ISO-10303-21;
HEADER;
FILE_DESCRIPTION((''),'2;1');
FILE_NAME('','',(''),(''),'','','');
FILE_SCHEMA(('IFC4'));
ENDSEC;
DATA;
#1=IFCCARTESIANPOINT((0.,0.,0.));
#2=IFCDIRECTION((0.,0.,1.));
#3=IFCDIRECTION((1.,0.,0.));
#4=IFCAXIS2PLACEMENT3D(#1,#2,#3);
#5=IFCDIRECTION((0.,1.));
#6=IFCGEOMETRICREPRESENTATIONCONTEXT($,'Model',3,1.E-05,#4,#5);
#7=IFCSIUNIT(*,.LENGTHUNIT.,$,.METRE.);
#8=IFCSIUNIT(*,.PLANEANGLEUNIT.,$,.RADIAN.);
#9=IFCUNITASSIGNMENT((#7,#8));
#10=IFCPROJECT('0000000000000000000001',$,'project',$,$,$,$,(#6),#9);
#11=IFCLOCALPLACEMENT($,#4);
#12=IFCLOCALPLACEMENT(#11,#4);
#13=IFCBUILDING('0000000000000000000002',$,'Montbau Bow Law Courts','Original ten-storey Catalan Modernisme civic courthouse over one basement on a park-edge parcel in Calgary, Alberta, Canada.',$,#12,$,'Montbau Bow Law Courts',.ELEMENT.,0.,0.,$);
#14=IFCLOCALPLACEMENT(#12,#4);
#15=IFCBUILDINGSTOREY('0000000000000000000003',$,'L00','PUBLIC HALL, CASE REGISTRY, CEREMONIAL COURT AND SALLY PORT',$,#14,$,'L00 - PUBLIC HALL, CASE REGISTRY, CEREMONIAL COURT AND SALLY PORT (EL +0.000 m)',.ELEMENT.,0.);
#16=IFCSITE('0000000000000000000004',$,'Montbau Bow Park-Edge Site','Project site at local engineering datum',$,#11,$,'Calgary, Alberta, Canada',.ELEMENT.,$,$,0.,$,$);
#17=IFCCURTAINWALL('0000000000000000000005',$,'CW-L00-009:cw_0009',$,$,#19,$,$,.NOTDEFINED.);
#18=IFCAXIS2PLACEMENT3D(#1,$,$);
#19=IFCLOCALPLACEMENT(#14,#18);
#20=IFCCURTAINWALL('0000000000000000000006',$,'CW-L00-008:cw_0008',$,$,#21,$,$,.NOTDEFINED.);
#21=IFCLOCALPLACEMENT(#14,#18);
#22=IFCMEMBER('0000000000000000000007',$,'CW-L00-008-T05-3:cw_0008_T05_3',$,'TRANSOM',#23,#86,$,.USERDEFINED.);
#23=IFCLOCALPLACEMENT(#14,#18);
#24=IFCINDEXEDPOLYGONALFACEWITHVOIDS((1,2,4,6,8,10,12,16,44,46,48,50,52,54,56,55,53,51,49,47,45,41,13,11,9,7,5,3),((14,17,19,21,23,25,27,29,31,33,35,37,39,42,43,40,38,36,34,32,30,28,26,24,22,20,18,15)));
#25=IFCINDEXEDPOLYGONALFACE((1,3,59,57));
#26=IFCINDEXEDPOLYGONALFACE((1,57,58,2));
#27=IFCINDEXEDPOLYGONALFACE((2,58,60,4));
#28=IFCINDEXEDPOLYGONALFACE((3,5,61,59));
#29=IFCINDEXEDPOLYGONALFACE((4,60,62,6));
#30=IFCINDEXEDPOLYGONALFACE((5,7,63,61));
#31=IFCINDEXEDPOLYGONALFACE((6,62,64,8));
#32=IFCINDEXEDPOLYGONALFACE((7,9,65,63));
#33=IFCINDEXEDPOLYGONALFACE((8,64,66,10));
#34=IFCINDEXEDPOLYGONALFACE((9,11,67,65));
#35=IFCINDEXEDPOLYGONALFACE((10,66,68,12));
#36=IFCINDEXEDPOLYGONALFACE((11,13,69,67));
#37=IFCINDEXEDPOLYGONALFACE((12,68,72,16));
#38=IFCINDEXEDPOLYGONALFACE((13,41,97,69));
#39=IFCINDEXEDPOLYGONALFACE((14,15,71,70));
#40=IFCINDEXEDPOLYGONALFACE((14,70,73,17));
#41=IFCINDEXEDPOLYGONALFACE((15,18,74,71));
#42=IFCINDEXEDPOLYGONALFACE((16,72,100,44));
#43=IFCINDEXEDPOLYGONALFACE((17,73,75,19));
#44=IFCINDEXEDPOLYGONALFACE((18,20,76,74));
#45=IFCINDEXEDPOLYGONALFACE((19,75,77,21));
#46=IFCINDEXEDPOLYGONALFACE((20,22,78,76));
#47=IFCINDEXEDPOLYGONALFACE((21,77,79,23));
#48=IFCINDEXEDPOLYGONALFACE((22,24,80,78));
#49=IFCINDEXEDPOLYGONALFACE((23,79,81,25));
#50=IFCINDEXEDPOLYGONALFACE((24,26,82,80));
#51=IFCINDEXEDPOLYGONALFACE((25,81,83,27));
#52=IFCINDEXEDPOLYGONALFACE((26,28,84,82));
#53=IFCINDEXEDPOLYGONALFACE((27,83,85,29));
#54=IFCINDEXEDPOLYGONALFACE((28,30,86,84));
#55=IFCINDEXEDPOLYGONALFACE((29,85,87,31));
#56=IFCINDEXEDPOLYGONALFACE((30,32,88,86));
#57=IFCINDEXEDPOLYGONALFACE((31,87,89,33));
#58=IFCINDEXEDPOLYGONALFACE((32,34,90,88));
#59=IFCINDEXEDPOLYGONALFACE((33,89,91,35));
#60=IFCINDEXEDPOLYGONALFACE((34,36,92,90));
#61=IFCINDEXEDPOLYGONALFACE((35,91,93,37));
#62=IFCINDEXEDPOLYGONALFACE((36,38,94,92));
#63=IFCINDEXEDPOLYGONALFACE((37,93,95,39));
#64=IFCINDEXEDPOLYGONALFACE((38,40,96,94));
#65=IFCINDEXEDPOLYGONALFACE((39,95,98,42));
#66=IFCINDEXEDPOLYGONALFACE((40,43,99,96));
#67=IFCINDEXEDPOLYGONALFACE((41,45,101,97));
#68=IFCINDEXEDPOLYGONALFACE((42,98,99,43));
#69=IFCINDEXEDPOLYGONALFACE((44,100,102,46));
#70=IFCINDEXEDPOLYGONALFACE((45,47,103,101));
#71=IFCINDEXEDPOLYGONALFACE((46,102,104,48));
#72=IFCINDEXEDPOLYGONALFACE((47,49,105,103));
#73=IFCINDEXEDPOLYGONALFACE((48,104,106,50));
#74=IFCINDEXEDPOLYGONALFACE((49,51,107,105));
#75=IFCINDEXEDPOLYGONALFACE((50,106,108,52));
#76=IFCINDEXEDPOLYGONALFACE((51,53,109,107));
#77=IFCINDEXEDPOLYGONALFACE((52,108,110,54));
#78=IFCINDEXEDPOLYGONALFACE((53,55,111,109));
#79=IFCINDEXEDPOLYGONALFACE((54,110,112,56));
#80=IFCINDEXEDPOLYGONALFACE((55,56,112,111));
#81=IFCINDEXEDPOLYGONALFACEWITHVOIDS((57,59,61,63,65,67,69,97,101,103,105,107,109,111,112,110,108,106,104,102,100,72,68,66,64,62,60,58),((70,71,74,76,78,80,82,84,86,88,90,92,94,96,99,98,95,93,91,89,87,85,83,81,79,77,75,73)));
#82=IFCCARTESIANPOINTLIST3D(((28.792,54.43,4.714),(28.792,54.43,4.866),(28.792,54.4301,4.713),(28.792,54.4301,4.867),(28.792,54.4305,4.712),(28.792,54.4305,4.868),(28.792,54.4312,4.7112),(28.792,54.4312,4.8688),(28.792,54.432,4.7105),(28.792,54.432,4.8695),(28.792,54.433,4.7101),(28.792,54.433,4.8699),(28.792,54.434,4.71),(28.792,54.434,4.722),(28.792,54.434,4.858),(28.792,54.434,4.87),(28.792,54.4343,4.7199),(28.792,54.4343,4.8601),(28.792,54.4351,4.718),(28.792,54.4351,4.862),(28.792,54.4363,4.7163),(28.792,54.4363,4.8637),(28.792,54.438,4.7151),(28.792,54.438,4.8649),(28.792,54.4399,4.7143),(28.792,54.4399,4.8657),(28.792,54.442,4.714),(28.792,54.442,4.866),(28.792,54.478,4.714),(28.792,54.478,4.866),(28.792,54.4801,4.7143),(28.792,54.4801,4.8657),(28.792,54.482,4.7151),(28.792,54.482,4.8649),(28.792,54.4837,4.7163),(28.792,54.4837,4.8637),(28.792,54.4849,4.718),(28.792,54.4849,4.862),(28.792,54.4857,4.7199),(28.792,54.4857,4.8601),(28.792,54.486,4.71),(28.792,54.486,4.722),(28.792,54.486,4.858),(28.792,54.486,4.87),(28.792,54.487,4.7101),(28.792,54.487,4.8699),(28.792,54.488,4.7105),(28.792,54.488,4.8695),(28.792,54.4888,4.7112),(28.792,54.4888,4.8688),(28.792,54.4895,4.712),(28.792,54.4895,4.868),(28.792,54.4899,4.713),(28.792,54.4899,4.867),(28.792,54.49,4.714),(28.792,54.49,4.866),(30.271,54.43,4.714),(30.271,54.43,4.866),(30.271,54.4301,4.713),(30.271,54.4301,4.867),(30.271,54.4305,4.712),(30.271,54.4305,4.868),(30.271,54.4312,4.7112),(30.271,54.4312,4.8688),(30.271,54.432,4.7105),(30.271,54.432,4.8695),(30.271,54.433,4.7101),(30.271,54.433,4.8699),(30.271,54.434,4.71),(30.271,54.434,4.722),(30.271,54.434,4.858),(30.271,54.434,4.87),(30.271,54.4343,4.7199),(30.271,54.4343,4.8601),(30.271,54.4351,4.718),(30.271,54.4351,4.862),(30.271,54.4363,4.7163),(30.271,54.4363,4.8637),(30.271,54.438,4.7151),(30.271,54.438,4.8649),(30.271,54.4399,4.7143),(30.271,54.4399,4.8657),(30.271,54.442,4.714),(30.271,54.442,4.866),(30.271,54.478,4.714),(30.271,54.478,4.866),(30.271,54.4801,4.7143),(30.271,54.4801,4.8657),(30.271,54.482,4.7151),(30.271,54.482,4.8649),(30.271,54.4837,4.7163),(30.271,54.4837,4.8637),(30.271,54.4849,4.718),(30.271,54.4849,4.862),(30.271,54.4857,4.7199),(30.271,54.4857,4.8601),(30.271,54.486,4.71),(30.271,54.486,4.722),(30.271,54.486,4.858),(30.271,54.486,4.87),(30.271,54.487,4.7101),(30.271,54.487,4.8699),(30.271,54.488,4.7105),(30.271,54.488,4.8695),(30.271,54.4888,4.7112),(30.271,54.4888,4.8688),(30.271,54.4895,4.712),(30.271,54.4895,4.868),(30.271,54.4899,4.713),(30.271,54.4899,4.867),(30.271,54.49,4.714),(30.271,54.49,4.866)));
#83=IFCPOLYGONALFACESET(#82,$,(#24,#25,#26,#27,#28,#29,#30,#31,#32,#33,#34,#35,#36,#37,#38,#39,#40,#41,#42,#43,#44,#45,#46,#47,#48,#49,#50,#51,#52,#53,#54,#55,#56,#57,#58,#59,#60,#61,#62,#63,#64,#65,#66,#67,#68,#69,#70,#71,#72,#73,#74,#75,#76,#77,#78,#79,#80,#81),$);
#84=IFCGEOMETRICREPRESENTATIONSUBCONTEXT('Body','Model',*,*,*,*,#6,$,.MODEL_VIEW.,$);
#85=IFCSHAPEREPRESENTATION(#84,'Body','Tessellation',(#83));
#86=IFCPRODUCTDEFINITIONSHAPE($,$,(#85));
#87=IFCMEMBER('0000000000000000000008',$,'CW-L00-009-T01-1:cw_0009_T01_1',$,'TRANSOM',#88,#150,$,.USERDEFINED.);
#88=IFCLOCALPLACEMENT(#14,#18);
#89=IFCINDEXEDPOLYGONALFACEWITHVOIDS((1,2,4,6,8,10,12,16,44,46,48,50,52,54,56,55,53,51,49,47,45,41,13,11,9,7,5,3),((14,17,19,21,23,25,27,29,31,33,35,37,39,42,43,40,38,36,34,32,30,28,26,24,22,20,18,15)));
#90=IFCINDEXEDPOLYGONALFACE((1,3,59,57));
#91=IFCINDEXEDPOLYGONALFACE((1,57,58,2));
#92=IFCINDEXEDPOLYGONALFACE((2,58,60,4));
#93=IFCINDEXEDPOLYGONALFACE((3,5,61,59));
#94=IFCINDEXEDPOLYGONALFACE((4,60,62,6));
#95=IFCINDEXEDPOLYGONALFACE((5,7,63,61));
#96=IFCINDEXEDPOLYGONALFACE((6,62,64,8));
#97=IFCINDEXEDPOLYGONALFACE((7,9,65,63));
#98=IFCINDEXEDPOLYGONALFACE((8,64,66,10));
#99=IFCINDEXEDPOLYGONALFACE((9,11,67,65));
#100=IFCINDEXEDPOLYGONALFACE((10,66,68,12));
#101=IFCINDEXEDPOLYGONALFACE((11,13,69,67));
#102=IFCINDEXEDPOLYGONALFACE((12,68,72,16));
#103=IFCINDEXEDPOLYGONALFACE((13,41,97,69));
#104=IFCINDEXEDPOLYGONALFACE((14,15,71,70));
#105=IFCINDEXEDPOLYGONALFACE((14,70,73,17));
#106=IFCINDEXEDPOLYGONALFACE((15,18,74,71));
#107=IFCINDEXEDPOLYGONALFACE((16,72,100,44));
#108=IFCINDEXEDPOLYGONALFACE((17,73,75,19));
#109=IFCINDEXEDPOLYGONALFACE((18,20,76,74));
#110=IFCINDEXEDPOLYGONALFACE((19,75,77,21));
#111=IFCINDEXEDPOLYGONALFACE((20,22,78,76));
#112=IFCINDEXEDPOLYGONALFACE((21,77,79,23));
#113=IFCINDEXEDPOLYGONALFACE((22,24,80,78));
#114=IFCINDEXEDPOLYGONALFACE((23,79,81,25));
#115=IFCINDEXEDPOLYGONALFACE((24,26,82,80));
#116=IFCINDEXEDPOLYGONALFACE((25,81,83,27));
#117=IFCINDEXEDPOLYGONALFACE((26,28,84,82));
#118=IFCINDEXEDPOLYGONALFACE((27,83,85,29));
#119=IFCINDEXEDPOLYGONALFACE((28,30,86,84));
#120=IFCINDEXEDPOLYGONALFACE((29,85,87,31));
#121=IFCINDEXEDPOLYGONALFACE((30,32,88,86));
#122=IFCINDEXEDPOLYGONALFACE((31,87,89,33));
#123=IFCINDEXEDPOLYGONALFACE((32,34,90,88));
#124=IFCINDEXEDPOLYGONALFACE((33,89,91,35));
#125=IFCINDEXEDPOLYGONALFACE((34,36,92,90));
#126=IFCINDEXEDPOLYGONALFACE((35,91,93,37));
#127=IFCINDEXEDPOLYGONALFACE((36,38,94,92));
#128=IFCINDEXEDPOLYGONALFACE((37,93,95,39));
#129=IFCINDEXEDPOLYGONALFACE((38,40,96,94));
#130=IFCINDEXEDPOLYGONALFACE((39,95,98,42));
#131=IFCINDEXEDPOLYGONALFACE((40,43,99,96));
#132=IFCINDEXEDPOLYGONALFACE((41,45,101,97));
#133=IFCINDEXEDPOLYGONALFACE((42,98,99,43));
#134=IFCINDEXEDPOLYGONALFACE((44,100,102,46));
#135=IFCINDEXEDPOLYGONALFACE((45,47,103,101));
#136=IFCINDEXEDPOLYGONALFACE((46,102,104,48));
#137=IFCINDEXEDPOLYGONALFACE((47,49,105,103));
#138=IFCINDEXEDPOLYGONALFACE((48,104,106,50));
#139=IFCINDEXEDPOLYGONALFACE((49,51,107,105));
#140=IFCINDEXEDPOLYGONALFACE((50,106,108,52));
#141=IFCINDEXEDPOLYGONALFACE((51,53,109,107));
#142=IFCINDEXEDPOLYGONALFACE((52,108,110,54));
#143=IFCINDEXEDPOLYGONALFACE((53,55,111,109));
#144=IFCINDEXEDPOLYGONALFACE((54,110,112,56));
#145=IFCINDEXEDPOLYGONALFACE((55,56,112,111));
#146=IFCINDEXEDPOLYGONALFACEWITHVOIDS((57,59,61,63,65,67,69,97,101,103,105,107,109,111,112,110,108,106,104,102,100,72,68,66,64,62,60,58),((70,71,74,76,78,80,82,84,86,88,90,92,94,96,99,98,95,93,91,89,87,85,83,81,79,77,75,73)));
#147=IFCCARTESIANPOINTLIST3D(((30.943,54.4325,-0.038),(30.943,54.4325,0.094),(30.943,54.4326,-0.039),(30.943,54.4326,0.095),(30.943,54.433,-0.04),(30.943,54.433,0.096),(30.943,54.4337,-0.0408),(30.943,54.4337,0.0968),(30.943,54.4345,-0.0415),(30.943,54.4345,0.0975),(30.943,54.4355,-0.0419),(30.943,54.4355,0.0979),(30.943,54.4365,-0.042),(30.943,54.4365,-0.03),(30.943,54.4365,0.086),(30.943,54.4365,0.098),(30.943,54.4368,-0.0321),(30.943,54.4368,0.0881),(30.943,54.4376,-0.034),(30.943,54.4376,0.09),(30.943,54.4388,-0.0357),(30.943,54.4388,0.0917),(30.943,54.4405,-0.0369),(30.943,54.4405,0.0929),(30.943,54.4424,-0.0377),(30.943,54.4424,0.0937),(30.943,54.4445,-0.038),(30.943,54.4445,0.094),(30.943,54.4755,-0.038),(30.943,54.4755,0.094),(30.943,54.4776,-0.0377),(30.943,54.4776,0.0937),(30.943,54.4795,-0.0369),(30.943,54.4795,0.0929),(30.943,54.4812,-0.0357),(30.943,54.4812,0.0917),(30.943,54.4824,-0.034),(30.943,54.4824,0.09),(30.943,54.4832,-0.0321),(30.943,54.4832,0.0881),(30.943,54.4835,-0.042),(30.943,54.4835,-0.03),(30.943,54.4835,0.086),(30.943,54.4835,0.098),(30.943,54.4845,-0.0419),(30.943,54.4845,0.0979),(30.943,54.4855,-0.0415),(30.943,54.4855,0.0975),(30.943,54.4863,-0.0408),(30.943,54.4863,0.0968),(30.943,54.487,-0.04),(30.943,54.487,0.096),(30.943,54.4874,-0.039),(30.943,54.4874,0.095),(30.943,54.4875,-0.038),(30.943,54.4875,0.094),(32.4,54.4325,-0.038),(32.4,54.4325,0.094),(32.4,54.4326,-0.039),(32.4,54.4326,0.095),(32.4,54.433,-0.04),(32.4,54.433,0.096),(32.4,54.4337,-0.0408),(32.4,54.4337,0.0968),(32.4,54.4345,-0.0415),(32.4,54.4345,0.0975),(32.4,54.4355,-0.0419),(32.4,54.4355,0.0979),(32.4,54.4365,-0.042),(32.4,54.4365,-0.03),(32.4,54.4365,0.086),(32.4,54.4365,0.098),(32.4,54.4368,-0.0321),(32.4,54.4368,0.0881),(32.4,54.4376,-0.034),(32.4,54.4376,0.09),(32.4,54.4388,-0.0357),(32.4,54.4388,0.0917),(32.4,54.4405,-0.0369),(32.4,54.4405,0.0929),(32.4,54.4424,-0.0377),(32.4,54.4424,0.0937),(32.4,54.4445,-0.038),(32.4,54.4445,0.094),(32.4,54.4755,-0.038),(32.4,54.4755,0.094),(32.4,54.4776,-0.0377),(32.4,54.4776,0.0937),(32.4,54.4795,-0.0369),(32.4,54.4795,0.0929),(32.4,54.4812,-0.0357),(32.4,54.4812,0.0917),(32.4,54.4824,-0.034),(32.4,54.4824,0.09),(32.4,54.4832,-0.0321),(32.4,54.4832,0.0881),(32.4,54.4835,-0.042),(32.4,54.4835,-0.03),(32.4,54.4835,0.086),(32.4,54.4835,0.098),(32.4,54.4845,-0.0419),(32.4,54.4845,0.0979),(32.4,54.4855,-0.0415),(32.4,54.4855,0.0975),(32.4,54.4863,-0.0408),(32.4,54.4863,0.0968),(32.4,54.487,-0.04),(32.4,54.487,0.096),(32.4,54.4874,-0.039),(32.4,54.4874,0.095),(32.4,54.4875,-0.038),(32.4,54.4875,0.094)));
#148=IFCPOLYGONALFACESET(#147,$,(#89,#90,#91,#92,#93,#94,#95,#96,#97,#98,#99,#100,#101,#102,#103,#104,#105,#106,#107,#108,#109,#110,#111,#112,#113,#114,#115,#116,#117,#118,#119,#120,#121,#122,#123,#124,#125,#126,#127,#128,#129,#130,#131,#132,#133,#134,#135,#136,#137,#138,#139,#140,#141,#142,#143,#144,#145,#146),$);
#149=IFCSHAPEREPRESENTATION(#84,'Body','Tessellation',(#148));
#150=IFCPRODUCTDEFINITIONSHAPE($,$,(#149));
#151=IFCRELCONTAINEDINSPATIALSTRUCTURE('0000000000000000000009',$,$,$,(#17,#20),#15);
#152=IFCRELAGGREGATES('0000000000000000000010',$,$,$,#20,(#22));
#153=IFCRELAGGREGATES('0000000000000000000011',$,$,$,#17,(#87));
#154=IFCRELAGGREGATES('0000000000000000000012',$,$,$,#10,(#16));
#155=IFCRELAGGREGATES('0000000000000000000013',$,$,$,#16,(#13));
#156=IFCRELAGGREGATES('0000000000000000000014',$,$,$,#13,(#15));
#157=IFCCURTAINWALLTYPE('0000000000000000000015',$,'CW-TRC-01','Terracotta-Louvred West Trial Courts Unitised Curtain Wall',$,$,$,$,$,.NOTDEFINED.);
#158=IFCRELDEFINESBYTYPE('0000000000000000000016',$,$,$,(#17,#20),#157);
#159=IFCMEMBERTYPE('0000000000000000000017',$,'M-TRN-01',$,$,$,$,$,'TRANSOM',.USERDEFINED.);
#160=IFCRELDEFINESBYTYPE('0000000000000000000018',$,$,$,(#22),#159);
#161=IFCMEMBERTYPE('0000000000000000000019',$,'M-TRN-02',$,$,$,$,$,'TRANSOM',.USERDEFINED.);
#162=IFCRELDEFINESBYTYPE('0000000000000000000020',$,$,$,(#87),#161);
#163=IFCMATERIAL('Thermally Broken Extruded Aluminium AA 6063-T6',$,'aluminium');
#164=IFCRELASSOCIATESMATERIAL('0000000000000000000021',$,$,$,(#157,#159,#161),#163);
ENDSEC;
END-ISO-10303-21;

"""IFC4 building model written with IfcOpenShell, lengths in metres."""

from ifc_helpers import new_model, si_unit, direction, frame, origin_with_axes, origin_2d_with_axis, place, context, subcontext, project, spatial, hollow_rectangle, extrude, material, material_profile, profile_set, type_object, element, aggregate, save


model = new_model("IFC4")

# Units and contexts
model_context = context("Model", 3, precision=1e-05, world=origin_with_axes(), true_north=direction((0.0, 1.0)))
body_context = subcontext(model_context, "Body", "Model", "MODEL_VIEW")
ifc_project = project(units=[si_unit("LENGTHUNIT", "METRE"), si_unit("PLANEANGLEUNIT", "RADIAN")], contexts=[model_context])

# Site, building, storey
site_placement = place(None, origin_with_axes())
site = spatial("IfcSite", under=ifc_project, at=site_placement, Name="Montbau Bow Park-Edge Site", Description="Project site at local engineering datum", LongName="Calgary, Alberta, Canada", CompositionType="ELEMENT", RefElevation=0.0)
building_placement = place(site_placement, origin_with_axes())
building = spatial("IfcBuilding", under=site, at=building_placement, Name="Montbau Bow Law Courts", Description="Original ten-storey Catalan Modernisme civic courthouse over one basement on a park-edge parcel in Calgary, Alberta, Canada.", LongName="Montbau Bow Law Courts", CompositionType="ELEMENT", ElevationOfRefHeight=0.0, ElevationOfTerrain=0.0)
storey_placement = place(building_placement, origin_with_axes())
storey = spatial("IfcBuildingStorey", under=building, at=storey_placement, Name="L00", Description="PUBLIC HALL, CASE REGISTRY, CEREMONIAL COURT AND SALLY PORT", LongName="L00 - PUBLIC HALL, CASE REGISTRY, CEREMONIAL COURT AND SALLY PORT (EL +0.000 m)", CompositionType="ELEMENT", Elevation=0.0)

# Curtain walls, member
ifc_material_1 = material(Name="Thermally Broken Extruded Aluminium AA 6063-T6", Category="aluminium")
curtain_wall_type = type_object("IfcCurtainWallType", Name="CW-TRC-01", Description="Terracotta-Louvred West Trial Courts Unitised Curtain Wall", PredefinedType="NOTDEFINED", material=ifc_material_1)
curtain_wall_1_placement = place(None, frame((30.867, 54.46, 0.0), z_axis=(0.0, 0.0, 1.0), x_axis=(1.0, 0.0, 0.0)))
curtain_wall_1 = element("IfcCurtainWall", 1, at=curtain_wall_1_placement, inside=storey, type_object=curtain_wall_type, Name="CW-L00-009:cw_0009", PredefinedType="NOTDEFINED")
curtain_wall_2_placement = place(None, frame((22.467, 54.46, 0.0), z_axis=(0.0, 0.0, 1.0), x_axis=(1.0, 0.0, 0.0)))
curtain_wall_2 = element("IfcCurtainWall", 2, at=curtain_wall_2_placement, inside=storey, type_object=curtain_wall_type, Name="CW-L00-008:cw_0008", PredefinedType="NOTDEFINED")
ifc_material_profile_1 = material_profile(ifc_material_1, hollow_rectangle(XDim=0.06, YDim=0.16, WallThickness=0.004, InnerFilletRadius=0.008, OuterFilletRadius=0.004, at=origin_2d_with_axis()), Name="CWT-160X60", Category="Main", Priority=0)
ifc_profile_set_1 = profile_set([ifc_material_profile_1], Name="Thermally Broken Extruded Aluminium AA 6063-T6")
member_type_1 = type_object("IfcMemberType", Name="M-TRN-01", ElementType="TRANSOM", PredefinedType="USERDEFINED", material=ifc_profile_set_1)
member_1_placement = place(None, frame((28.792, 54.46, 4.79), z_axis=(1.0, 0.0, 0.0), x_axis=(0.0, 1.0, 0.0)))
member_1 = element("IfcMember", 3, at=member_1_placement, type_object=member_type_1, Name="CW-L00-008-T05-3:cw_0008_T05_3", ObjectType="TRANSOM", PredefinedType="USERDEFINED", context=body_context, shape_type="SweptSolid", body=[
    extrude(hollow_rectangle(XDim=0.06, YDim=0.16, WallThickness=0.004, InnerFilletRadius=0.008, OuterFilletRadius=0.004, at=origin_2d_with_axis()), origin_with_axes(), (0.0, 0.0, 1.0), 1.479),
])

# Member
ifc_material_profile_2 = material_profile(ifc_material_1, hollow_rectangle(XDim=0.055, YDim=0.14, WallThickness=0.004, InnerFilletRadius=0.008, OuterFilletRadius=0.004, at=origin_2d_with_axis()), Name="CWT-140X55", Category="Main", Priority=0)
ifc_profile_set_2 = profile_set([ifc_material_profile_2], Name="Thermally Broken Extruded Aluminium AA 6063-T6")
member_type_2 = type_object("IfcMemberType", Name="M-TRN-02", ElementType="TRANSOM", PredefinedType="USERDEFINED", material=ifc_profile_set_2)
member_2_placement = place(None, frame((30.943, 54.46, 0.028), z_axis=(1.0, 0.0, 0.0), x_axis=(0.0, 1.0, 0.0)))
member_2 = element("IfcMember", 4, at=member_2_placement, type_object=member_type_2, Name="CW-L00-009-T01-1:cw_0009_T01_1", ObjectType="TRANSOM", PredefinedType="USERDEFINED", context=body_context, shape_type="SweptSolid", body=[
    extrude(hollow_rectangle(XDim=0.055, YDim=0.14, WallThickness=0.004, InnerFilletRadius=0.008, OuterFilletRadius=0.004, at=origin_2d_with_axis()), origin_with_axes(), (0.0, 0.0, 1.0), 1.457),
])

aggregate(curtain_wall_2, [member_1])
aggregate(curtain_wall_1, [member_2])

save(model, "model.ifc")
